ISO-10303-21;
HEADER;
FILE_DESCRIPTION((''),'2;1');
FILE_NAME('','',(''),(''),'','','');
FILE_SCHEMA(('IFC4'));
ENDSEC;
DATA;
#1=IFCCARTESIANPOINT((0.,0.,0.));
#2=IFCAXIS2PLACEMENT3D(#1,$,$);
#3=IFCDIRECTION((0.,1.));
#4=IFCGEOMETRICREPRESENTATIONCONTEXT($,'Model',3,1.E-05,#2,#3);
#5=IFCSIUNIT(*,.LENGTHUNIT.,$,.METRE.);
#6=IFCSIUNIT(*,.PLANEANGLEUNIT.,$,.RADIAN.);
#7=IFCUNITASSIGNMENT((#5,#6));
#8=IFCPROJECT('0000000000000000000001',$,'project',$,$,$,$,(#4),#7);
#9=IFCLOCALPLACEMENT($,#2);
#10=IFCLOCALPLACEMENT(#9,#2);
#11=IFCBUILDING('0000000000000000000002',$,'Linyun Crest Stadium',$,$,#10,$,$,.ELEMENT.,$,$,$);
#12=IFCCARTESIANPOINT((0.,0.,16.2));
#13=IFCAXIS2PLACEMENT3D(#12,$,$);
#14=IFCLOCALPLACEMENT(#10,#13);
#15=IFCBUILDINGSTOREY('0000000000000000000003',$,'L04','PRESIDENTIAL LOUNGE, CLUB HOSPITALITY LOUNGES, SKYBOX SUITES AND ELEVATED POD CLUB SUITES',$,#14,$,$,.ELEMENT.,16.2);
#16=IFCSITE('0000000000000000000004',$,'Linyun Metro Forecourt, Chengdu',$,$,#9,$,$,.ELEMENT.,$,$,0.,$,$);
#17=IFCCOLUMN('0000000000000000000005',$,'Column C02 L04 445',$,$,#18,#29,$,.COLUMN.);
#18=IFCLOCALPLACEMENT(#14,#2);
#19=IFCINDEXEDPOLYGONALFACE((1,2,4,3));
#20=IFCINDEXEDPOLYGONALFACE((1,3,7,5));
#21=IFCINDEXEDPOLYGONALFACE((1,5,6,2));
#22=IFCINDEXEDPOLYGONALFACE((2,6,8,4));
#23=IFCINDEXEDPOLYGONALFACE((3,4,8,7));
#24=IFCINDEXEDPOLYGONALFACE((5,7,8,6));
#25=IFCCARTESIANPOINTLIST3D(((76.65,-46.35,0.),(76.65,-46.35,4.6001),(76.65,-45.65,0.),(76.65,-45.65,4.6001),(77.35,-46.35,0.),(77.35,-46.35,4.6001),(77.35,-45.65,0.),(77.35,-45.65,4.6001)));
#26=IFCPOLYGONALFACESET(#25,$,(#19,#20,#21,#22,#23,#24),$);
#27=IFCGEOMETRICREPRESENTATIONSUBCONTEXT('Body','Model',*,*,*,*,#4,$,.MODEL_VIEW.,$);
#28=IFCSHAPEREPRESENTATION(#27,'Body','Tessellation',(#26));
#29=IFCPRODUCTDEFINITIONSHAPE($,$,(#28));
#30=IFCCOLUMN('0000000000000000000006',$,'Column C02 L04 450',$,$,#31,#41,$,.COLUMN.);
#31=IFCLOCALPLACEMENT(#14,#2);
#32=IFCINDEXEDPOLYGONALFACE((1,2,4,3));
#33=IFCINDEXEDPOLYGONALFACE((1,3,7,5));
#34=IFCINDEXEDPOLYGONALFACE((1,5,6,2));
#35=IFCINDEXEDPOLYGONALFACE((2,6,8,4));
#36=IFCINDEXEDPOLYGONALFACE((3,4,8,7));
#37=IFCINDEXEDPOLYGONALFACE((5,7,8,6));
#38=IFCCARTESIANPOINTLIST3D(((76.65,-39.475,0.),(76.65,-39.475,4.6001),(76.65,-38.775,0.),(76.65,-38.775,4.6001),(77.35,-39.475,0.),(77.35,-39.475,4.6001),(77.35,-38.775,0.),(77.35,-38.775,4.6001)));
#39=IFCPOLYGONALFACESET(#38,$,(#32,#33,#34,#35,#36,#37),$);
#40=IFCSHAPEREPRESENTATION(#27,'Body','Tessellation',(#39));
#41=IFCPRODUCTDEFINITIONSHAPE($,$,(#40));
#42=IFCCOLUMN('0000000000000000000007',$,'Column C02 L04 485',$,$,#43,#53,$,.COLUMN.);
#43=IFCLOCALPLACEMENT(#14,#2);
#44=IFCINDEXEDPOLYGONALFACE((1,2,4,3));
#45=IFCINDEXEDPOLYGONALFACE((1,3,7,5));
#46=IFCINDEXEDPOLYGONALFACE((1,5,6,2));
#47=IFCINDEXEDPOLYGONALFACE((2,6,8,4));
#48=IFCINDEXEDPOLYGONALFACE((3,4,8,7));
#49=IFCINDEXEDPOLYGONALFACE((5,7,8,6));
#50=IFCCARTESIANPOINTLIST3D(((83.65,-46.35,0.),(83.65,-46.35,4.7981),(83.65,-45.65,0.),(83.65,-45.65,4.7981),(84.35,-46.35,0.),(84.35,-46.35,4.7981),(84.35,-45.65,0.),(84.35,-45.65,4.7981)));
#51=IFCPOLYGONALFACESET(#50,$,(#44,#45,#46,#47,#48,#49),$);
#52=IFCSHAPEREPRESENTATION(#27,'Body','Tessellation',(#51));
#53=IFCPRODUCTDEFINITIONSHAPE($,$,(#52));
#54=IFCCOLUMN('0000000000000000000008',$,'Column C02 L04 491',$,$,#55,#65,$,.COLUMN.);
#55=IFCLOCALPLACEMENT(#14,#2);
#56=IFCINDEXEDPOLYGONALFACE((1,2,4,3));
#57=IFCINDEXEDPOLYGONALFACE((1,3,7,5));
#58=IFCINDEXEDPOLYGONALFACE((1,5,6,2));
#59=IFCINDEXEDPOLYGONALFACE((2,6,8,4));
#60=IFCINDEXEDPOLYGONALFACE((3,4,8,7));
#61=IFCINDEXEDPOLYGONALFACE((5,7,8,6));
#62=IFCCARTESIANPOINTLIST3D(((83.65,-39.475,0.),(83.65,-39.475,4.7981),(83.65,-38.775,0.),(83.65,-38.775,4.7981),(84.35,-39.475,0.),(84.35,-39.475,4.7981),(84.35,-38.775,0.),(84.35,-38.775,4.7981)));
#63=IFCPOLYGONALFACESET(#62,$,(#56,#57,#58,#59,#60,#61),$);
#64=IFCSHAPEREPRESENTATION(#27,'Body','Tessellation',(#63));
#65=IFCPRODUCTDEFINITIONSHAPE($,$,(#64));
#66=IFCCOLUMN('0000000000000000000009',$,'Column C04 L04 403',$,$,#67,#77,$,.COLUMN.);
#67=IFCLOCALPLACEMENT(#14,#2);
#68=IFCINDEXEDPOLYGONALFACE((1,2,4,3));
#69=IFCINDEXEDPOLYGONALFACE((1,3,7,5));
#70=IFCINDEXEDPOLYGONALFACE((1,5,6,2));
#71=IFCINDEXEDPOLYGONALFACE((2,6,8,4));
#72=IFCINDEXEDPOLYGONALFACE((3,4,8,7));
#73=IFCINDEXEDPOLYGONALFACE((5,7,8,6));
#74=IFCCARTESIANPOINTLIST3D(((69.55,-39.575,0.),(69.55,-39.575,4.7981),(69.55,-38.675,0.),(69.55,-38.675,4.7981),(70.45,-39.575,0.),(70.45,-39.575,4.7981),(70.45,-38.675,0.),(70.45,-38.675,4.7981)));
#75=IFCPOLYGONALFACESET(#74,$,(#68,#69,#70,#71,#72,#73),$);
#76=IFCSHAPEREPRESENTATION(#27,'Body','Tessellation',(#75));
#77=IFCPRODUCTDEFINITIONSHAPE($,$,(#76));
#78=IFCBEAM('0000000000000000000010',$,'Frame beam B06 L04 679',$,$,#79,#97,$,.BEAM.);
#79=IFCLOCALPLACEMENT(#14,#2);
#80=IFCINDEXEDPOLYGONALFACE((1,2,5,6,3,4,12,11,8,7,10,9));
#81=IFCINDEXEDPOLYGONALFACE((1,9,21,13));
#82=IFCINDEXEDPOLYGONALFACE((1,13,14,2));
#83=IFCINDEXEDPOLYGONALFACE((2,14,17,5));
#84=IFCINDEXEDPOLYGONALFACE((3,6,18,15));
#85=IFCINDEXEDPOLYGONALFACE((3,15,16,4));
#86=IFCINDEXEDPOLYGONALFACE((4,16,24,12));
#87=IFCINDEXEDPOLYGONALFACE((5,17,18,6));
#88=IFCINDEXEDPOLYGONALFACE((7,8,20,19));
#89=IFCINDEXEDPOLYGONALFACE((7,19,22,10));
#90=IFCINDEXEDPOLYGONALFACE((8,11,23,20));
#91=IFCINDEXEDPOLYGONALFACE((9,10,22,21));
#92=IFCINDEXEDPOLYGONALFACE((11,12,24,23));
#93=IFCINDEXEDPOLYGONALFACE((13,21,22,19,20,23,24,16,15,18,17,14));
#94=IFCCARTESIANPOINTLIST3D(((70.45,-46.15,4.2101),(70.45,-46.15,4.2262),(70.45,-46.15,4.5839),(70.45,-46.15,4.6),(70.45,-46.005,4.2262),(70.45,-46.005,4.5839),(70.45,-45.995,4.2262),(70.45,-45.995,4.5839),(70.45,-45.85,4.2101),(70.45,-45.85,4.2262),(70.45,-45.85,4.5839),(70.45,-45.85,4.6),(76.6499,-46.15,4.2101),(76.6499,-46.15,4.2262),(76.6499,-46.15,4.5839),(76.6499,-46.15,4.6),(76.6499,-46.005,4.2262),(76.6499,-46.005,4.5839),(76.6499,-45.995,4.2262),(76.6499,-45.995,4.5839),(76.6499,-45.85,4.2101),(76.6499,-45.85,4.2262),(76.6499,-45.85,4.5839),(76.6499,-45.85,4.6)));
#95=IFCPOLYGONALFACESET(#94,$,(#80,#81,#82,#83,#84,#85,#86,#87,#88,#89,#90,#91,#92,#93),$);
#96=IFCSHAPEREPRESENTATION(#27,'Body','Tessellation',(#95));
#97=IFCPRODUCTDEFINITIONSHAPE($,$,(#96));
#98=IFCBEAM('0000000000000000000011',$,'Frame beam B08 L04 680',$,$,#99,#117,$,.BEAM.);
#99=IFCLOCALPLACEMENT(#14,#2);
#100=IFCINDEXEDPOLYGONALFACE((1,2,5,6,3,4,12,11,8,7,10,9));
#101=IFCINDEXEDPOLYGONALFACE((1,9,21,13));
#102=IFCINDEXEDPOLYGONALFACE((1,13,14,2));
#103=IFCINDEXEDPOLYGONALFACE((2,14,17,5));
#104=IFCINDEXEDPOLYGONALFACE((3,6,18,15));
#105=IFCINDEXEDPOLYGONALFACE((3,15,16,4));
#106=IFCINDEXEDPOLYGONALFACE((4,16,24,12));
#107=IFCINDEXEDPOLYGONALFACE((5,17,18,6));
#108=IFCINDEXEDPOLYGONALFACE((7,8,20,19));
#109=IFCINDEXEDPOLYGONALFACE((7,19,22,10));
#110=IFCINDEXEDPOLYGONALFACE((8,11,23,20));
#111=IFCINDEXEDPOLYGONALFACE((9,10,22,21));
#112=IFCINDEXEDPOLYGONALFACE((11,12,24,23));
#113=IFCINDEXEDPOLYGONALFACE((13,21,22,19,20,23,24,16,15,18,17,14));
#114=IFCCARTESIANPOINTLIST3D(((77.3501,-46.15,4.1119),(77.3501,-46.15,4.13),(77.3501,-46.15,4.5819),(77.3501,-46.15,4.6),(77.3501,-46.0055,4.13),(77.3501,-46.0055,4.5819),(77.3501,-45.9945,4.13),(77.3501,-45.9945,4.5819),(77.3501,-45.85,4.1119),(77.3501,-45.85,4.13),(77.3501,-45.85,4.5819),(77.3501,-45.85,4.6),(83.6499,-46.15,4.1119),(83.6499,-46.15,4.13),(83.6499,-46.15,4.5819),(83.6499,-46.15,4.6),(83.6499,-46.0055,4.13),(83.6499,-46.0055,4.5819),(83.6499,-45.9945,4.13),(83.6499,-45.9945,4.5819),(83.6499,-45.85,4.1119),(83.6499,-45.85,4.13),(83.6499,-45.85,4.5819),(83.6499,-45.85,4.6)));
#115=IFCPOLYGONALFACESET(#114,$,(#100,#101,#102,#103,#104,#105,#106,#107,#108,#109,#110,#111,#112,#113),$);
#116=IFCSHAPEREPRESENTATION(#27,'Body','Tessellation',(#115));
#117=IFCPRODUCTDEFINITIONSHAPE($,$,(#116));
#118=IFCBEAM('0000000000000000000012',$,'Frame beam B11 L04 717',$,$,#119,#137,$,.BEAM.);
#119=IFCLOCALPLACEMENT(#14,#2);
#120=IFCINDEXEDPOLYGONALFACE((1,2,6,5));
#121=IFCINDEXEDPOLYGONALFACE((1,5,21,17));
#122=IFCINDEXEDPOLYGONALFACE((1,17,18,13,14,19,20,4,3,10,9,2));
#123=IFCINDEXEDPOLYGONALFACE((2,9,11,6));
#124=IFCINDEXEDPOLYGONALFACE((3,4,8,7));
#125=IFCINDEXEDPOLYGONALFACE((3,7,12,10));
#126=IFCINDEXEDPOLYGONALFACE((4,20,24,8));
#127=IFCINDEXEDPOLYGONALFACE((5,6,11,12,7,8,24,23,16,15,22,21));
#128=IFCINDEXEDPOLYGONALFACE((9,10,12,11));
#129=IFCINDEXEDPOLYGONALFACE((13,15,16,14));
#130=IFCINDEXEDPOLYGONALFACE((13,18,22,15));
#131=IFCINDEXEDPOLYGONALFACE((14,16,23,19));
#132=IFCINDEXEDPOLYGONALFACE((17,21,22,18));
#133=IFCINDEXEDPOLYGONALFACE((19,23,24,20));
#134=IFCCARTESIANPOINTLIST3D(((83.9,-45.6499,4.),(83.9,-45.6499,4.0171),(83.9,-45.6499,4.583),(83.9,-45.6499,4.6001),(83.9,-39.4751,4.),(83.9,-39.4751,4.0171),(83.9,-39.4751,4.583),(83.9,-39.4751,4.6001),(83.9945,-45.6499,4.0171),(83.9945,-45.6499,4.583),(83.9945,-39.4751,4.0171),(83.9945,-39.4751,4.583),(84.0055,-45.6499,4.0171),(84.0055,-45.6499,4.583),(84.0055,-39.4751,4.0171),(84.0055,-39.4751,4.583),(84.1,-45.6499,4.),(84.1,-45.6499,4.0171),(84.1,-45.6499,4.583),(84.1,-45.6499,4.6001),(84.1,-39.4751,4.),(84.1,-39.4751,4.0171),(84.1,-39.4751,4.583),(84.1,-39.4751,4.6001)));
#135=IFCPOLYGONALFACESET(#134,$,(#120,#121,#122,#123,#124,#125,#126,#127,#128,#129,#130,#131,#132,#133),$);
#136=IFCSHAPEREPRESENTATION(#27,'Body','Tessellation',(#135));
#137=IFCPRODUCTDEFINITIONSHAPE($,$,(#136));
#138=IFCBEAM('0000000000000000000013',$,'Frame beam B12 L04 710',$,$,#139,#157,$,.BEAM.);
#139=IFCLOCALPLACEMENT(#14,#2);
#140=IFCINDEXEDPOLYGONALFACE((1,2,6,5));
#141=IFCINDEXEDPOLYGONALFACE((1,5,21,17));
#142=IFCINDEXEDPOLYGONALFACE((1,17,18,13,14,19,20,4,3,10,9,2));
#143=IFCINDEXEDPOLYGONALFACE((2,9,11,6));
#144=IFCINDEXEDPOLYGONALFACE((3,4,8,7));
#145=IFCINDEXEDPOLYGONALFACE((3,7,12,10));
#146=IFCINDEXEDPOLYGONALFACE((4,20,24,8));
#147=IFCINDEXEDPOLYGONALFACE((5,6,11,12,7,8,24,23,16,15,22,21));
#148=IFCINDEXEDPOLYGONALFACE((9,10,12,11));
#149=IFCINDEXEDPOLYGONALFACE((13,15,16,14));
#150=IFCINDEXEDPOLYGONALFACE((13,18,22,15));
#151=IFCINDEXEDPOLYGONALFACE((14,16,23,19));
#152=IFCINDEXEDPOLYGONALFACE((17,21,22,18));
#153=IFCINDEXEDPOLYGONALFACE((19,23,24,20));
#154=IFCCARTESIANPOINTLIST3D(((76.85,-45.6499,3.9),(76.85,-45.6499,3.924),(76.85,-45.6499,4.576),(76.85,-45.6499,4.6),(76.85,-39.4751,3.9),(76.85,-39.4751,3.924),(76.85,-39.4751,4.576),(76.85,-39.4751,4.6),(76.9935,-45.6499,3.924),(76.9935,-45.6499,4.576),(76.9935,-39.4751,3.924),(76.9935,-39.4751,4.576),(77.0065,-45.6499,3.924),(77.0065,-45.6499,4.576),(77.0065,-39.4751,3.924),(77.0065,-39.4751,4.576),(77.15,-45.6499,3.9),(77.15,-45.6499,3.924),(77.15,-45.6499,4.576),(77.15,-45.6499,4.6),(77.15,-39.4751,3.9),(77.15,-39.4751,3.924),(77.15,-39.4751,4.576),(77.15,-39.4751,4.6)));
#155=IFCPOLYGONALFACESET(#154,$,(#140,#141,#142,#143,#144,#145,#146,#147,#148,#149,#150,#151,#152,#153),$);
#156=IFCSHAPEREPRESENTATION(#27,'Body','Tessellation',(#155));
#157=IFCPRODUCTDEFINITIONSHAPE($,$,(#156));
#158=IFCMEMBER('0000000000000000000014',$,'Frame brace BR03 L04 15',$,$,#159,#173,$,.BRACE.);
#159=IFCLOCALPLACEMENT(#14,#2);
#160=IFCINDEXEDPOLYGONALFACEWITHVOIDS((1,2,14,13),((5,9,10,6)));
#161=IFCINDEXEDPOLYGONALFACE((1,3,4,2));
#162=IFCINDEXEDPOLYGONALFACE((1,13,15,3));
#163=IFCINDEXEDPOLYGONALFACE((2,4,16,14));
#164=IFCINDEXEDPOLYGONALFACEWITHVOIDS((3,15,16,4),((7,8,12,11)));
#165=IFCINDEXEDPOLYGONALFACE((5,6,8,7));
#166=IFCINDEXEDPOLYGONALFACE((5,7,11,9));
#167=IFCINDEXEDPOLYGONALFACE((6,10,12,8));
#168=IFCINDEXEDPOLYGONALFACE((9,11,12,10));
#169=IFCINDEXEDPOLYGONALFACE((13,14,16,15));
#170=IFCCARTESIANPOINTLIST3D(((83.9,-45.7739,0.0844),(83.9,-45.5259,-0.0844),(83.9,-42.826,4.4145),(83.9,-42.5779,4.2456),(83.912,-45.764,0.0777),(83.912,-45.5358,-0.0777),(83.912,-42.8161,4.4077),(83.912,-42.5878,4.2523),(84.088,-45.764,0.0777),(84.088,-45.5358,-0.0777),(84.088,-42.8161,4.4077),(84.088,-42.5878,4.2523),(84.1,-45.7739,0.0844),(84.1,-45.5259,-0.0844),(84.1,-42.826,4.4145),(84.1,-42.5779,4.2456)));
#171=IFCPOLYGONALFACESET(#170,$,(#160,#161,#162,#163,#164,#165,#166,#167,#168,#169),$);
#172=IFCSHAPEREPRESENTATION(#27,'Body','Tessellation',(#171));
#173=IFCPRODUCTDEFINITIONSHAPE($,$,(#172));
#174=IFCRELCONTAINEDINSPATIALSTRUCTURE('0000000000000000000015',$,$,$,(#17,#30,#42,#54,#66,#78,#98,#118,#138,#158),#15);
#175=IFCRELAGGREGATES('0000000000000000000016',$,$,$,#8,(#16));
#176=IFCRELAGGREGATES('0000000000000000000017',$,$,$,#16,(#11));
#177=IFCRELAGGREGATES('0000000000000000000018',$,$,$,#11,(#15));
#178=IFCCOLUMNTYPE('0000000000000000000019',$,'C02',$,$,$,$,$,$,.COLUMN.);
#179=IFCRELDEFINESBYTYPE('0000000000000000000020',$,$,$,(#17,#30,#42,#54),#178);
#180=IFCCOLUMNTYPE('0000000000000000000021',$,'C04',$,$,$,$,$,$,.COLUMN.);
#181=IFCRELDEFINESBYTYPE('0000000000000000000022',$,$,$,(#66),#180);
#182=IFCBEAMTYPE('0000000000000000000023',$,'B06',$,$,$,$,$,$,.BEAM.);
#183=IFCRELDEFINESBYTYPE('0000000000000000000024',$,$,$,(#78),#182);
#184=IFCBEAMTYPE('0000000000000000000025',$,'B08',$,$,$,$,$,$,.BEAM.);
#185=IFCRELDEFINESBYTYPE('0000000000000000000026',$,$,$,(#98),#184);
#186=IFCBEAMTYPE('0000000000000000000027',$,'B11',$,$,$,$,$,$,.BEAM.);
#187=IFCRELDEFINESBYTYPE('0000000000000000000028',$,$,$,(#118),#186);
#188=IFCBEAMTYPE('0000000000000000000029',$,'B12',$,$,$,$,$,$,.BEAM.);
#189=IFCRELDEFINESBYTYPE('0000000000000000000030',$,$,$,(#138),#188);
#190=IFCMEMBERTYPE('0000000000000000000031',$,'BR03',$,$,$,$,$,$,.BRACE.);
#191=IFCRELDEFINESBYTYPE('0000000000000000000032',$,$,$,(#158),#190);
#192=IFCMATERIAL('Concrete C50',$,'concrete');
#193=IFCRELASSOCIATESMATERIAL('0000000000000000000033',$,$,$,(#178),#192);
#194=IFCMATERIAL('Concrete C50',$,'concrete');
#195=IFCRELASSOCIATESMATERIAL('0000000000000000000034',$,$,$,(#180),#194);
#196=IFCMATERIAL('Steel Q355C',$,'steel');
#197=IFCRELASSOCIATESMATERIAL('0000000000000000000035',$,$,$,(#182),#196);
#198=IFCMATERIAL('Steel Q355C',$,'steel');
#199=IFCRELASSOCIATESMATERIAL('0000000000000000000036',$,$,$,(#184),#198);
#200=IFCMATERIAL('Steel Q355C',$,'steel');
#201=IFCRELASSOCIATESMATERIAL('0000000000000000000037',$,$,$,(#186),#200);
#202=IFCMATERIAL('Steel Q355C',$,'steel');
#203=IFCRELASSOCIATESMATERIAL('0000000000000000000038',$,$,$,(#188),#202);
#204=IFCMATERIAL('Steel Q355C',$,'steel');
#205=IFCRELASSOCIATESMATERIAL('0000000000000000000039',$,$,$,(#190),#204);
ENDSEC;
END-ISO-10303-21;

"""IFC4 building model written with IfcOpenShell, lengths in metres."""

from ifc_helpers import new_model, si_unit, direction, frame, origin, origin_2d, place, context, subcontext, project, spatial, rectangle, hollow_rectangle, i_section, extrude, material, material_profile, profile_set, type_object, element, save


model = new_model("IFC4")

# Units and contexts
model_context = context("Model", 3, precision=1e-05, world=origin(), true_north=direction((0.0, 1.0)))
body_context = subcontext(model_context, "Body", "Model", "MODEL_VIEW")
ifc_project = project(units=[si_unit("LENGTHUNIT", "METRE"), si_unit("PLANEANGLEUNIT", "RADIAN")], contexts=[model_context])

# Site, building, storey
site_placement = place(None, origin())
site = spatial("IfcSite", under=ifc_project, at=site_placement, Name="Linyun Metro Forecourt, Chengdu", CompositionType="ELEMENT", RefElevation=0.0)
building_placement = place(site_placement, origin())
building = spatial("IfcBuilding", under=site, at=building_placement, Name="Linyun Crest Stadium", CompositionType="ELEMENT")
storey_placement = place(building_placement, frame((0.0, 0.0, 16.2)))
storey = spatial("IfcBuildingStorey", under=building, at=storey_placement, Name="L04", Description="PRESIDENTIAL LOUNGE, CLUB HOSPITALITY LOUNGES, SKYBOX SUITES AND ELEVATED POD CLUB SUITES", CompositionType="ELEMENT", Elevation=16.2)

# Columns
ifc_material_1 = material(Name="Concrete C50", Category="concrete")
ifc_material_profile_1 = material_profile(ifc_material_1, rectangle(XDim=0.7, YDim=0.7, at=origin_2d()), Name="RC 700x700")
ifc_profile_set_1 = profile_set([ifc_material_profile_1], Name="Concrete C50")
column_type_1 = type_object("IfcColumnType", Name="C02", PredefinedType="COLUMN", material=ifc_profile_set_1)
for number, where, z_axis, x_axis, name in (
    (1, (77.0, -46.0, 0.0), (0.0, 0.0, 1.0), (1.0, 0.0, 0.0), "Column C02 L04 445"),
    (2, (77.0, -39.125, 0.0), (0.0, 0.0, 1.0), (1.0, 0.0, 0.0), "Column C02 L04 450"),
):
    element("IfcColumn", number, at=place(storey_placement, frame(where, z_axis=z_axis, x_axis=x_axis)), inside=storey, type_object=column_type_1, Name=name, PredefinedType="COLUMN", context=body_context, shape_type="SweptSolid", body=[
        extrude(rectangle(XDim=0.7, YDim=0.7, at=origin_2d()), origin(), (0.0, 0.0, 1.0), 4.6001),
    ])
for number, where, z_axis, x_axis, name in (
    (3, (84.0, -46.0, 0.0), (0.0, 0.0, 1.0), (1.0, 0.0, 0.0), "Column C02 L04 485"),
    (4, (84.0, -39.125, 0.0), (0.0, 0.0, 1.0), (1.0, 0.0, 0.0), "Column C02 L04 491"),
):
    element("IfcColumn", number, at=place(storey_placement, frame(where, z_axis=z_axis, x_axis=x_axis)), inside=storey, type_object=column_type_1, Name=name, PredefinedType="COLUMN", context=body_context, shape_type="SweptSolid", body=[
        extrude(rectangle(XDim=0.7, YDim=0.7, at=origin_2d()), origin(), (0.0, 0.0, 1.0), 4.7981),
    ])
ifc_material_2 = material(Name="Concrete C50", Category="concrete")
ifc_material_profile_2 = material_profile(ifc_material_2, rectangle(XDim=0.8999, YDim=0.8999, at=origin_2d()), Name="RC 900x900")
ifc_profile_set_2 = profile_set([ifc_material_profile_2], Name="Concrete C50")
column_type_2 = type_object("IfcColumnType", Name="C04", PredefinedType="COLUMN", material=ifc_profile_set_2)
column_placement = place(storey_placement, frame((70.0, -39.125, 0.0), z_axis=(0.0, 0.0, 1.0), x_axis=(1.0, 0.0, 0.0)))
element("IfcColumn", 5, at=column_placement, inside=storey, type_object=column_type_2, Name="Column C04 L04 403", PredefinedType="COLUMN", context=body_context, shape_type="SweptSolid", body=[
    extrude(rectangle(XDim=0.8999, YDim=0.8999, at=origin_2d()), origin(), (0.0, 0.0, 1.0), 4.7981),
])

# Beams
ifc_material_3 = material(Name="Steel Q355C", Category="steel")
ifc_material_profile_3 = material_profile(ifc_material_3, i_section(OverallWidth=0.3, OverallDepth=0.3899, WebThickness=0.01, FlangeThickness=0.0161, at=origin_2d()), Name="HM 390x300")
ifc_profile_set_3 = profile_set([ifc_material_profile_3], Name="Steel Q355C")
beam_type_1 = type_object("IfcBeamType", Name="B06", PredefinedType="BEAM", material=ifc_profile_set_3)
beam_1_placement = place(storey_placement, frame((70.45, -46.0, 4.405), z_axis=(1.0, 0.0, 0.0), x_axis=(0.0, 1.0, 0.0)))
element("IfcBeam", 6, at=beam_1_placement, inside=storey, type_object=beam_type_1, Name="Frame beam B06 L04 679", PredefinedType="BEAM", context=body_context, shape_type="SweptSolid", body=[
    extrude(i_section(OverallWidth=0.3, OverallDepth=0.3899, WebThickness=0.01, FlangeThickness=0.0161, at=origin_2d()), origin(), (0.0, 0.0, 1.0), 6.2),
])
ifc_material_4 = material(Name="Steel Q355C", Category="steel")
ifc_material_profile_4 = material_profile(ifc_material_4, i_section(OverallWidth=0.3, OverallDepth=0.488, WebThickness=0.011, FlangeThickness=0.0181, at=origin_2d()), Name="HM 488x300")
ifc_profile_set_4 = profile_set([ifc_material_profile_4], Name="Steel Q355C")
beam_type_2 = type_object("IfcBeamType", Name="B08", PredefinedType="BEAM", material=ifc_profile_set_4)
beam_2_placement = place(storey_placement, frame((77.3501, -46.0, 4.356), z_axis=(1.0, 0.0, 0.0), x_axis=(0.0, 1.0, 0.0)))
element("IfcBeam", 7, at=beam_2_placement, inside=storey, type_object=beam_type_2, Name="Frame beam B08 L04 680", PredefinedType="BEAM", context=body_context, shape_type="SweptSolid", body=[
    extrude(i_section(OverallWidth=0.3, OverallDepth=0.488, WebThickness=0.011, FlangeThickness=0.0181, at=origin_2d()), origin(), (0.0, 0.0, 1.0), 6.2998),
])
ifc_material_5 = material(Name="Steel Q355C", Category="steel")
ifc_material_profile_5 = material_profile(ifc_material_5, i_section(OverallWidth=0.2, OverallDepth=0.6001, WebThickness=0.011, FlangeThickness=0.0171, at=origin_2d()), Name="HN 600x200")
ifc_profile_set_5 = profile_set([ifc_material_profile_5], Name="Steel Q355C")
beam_type_3 = type_object("IfcBeamType", Name="B11", PredefinedType="BEAM", material=ifc_profile_set_5)
beam_3_placement = place(storey_placement, frame((84.0, -45.6499, 4.3), z_axis=(0.0, 1.0, 0.0), x_axis=(-1.0, 0.0, 0.0)))
element("IfcBeam", 8, at=beam_3_placement, inside=storey, type_object=beam_type_3, Name="Frame beam B11 L04 717", PredefinedType="BEAM", context=body_context, shape_type="SweptSolid", body=[
    extrude(i_section(OverallWidth=0.2, OverallDepth=0.6001, WebThickness=0.011, FlangeThickness=0.0171, at=origin_2d()), origin(), (0.0, 0.0, 1.0), 6.1748),
])
ifc_material_6 = material(Name="Steel Q355C", Category="steel")
ifc_material_profile_6 = material_profile(ifc_material_6, i_section(OverallWidth=0.3, OverallDepth=0.7, WebThickness=0.0129, FlangeThickness=0.0239, at=origin_2d()), Name="HN 700x300")
ifc_profile_set_6 = profile_set([ifc_material_profile_6], Name="Steel Q355C")
beam_type_4 = type_object("IfcBeamType", Name="B12", PredefinedType="BEAM", material=ifc_profile_set_6)
beam_4_placement = place(storey_placement, frame((77.0, -45.6499, 4.25), z_axis=(0.0, 1.0, 0.0), x_axis=(-1.0, 0.0, 0.0)))
element("IfcBeam", 9, at=beam_4_placement, inside=storey, type_object=beam_type_4, Name="Frame beam B12 L04 710", PredefinedType="BEAM", context=body_context, shape_type="SweptSolid", body=[
    extrude(i_section(OverallWidth=0.3, OverallDepth=0.7, WebThickness=0.0129, FlangeThickness=0.0239, at=origin_2d()), origin(), (0.0, 0.0, 1.0), 6.1748),
])

# Member
ifc_material_7 = material(Name="Steel Q355C", Category="steel")
ifc_material_profile_7 = material_profile(ifc_material_7, hollow_rectangle(XDim=0.2, YDim=0.3, WallThickness=0.012, at=origin_2d()), Name="RHS 300x200x12")
ifc_profile_set_7 = profile_set([ifc_material_profile_7], Name="Steel Q355C")
member_type_1 = type_object("IfcMemberType", Name="BR03", PredefinedType="BRACE", material=ifc_profile_set_7)
member_1_placement = place(storey_placement, frame((84.0, -45.6499, 0.0), z_axis=(0.0, 0.562773, 0.826612), x_axis=(-1.0, 0.0, 0.0)))
element("IfcMember", 10, at=member_1_placement, inside=storey, type_object=member_type_1, Name="Frame brace BR03 L04 15", PredefinedType="BRACE", context=body_context, shape_type="SweptSolid", body=[
    extrude(hollow_rectangle(XDim=0.2, YDim=0.3, WallThickness=0.012, at=origin_2d()), origin(), (0.0, 0.0, 1.0), 5.2383),
])

save(model, "model.ifc")
